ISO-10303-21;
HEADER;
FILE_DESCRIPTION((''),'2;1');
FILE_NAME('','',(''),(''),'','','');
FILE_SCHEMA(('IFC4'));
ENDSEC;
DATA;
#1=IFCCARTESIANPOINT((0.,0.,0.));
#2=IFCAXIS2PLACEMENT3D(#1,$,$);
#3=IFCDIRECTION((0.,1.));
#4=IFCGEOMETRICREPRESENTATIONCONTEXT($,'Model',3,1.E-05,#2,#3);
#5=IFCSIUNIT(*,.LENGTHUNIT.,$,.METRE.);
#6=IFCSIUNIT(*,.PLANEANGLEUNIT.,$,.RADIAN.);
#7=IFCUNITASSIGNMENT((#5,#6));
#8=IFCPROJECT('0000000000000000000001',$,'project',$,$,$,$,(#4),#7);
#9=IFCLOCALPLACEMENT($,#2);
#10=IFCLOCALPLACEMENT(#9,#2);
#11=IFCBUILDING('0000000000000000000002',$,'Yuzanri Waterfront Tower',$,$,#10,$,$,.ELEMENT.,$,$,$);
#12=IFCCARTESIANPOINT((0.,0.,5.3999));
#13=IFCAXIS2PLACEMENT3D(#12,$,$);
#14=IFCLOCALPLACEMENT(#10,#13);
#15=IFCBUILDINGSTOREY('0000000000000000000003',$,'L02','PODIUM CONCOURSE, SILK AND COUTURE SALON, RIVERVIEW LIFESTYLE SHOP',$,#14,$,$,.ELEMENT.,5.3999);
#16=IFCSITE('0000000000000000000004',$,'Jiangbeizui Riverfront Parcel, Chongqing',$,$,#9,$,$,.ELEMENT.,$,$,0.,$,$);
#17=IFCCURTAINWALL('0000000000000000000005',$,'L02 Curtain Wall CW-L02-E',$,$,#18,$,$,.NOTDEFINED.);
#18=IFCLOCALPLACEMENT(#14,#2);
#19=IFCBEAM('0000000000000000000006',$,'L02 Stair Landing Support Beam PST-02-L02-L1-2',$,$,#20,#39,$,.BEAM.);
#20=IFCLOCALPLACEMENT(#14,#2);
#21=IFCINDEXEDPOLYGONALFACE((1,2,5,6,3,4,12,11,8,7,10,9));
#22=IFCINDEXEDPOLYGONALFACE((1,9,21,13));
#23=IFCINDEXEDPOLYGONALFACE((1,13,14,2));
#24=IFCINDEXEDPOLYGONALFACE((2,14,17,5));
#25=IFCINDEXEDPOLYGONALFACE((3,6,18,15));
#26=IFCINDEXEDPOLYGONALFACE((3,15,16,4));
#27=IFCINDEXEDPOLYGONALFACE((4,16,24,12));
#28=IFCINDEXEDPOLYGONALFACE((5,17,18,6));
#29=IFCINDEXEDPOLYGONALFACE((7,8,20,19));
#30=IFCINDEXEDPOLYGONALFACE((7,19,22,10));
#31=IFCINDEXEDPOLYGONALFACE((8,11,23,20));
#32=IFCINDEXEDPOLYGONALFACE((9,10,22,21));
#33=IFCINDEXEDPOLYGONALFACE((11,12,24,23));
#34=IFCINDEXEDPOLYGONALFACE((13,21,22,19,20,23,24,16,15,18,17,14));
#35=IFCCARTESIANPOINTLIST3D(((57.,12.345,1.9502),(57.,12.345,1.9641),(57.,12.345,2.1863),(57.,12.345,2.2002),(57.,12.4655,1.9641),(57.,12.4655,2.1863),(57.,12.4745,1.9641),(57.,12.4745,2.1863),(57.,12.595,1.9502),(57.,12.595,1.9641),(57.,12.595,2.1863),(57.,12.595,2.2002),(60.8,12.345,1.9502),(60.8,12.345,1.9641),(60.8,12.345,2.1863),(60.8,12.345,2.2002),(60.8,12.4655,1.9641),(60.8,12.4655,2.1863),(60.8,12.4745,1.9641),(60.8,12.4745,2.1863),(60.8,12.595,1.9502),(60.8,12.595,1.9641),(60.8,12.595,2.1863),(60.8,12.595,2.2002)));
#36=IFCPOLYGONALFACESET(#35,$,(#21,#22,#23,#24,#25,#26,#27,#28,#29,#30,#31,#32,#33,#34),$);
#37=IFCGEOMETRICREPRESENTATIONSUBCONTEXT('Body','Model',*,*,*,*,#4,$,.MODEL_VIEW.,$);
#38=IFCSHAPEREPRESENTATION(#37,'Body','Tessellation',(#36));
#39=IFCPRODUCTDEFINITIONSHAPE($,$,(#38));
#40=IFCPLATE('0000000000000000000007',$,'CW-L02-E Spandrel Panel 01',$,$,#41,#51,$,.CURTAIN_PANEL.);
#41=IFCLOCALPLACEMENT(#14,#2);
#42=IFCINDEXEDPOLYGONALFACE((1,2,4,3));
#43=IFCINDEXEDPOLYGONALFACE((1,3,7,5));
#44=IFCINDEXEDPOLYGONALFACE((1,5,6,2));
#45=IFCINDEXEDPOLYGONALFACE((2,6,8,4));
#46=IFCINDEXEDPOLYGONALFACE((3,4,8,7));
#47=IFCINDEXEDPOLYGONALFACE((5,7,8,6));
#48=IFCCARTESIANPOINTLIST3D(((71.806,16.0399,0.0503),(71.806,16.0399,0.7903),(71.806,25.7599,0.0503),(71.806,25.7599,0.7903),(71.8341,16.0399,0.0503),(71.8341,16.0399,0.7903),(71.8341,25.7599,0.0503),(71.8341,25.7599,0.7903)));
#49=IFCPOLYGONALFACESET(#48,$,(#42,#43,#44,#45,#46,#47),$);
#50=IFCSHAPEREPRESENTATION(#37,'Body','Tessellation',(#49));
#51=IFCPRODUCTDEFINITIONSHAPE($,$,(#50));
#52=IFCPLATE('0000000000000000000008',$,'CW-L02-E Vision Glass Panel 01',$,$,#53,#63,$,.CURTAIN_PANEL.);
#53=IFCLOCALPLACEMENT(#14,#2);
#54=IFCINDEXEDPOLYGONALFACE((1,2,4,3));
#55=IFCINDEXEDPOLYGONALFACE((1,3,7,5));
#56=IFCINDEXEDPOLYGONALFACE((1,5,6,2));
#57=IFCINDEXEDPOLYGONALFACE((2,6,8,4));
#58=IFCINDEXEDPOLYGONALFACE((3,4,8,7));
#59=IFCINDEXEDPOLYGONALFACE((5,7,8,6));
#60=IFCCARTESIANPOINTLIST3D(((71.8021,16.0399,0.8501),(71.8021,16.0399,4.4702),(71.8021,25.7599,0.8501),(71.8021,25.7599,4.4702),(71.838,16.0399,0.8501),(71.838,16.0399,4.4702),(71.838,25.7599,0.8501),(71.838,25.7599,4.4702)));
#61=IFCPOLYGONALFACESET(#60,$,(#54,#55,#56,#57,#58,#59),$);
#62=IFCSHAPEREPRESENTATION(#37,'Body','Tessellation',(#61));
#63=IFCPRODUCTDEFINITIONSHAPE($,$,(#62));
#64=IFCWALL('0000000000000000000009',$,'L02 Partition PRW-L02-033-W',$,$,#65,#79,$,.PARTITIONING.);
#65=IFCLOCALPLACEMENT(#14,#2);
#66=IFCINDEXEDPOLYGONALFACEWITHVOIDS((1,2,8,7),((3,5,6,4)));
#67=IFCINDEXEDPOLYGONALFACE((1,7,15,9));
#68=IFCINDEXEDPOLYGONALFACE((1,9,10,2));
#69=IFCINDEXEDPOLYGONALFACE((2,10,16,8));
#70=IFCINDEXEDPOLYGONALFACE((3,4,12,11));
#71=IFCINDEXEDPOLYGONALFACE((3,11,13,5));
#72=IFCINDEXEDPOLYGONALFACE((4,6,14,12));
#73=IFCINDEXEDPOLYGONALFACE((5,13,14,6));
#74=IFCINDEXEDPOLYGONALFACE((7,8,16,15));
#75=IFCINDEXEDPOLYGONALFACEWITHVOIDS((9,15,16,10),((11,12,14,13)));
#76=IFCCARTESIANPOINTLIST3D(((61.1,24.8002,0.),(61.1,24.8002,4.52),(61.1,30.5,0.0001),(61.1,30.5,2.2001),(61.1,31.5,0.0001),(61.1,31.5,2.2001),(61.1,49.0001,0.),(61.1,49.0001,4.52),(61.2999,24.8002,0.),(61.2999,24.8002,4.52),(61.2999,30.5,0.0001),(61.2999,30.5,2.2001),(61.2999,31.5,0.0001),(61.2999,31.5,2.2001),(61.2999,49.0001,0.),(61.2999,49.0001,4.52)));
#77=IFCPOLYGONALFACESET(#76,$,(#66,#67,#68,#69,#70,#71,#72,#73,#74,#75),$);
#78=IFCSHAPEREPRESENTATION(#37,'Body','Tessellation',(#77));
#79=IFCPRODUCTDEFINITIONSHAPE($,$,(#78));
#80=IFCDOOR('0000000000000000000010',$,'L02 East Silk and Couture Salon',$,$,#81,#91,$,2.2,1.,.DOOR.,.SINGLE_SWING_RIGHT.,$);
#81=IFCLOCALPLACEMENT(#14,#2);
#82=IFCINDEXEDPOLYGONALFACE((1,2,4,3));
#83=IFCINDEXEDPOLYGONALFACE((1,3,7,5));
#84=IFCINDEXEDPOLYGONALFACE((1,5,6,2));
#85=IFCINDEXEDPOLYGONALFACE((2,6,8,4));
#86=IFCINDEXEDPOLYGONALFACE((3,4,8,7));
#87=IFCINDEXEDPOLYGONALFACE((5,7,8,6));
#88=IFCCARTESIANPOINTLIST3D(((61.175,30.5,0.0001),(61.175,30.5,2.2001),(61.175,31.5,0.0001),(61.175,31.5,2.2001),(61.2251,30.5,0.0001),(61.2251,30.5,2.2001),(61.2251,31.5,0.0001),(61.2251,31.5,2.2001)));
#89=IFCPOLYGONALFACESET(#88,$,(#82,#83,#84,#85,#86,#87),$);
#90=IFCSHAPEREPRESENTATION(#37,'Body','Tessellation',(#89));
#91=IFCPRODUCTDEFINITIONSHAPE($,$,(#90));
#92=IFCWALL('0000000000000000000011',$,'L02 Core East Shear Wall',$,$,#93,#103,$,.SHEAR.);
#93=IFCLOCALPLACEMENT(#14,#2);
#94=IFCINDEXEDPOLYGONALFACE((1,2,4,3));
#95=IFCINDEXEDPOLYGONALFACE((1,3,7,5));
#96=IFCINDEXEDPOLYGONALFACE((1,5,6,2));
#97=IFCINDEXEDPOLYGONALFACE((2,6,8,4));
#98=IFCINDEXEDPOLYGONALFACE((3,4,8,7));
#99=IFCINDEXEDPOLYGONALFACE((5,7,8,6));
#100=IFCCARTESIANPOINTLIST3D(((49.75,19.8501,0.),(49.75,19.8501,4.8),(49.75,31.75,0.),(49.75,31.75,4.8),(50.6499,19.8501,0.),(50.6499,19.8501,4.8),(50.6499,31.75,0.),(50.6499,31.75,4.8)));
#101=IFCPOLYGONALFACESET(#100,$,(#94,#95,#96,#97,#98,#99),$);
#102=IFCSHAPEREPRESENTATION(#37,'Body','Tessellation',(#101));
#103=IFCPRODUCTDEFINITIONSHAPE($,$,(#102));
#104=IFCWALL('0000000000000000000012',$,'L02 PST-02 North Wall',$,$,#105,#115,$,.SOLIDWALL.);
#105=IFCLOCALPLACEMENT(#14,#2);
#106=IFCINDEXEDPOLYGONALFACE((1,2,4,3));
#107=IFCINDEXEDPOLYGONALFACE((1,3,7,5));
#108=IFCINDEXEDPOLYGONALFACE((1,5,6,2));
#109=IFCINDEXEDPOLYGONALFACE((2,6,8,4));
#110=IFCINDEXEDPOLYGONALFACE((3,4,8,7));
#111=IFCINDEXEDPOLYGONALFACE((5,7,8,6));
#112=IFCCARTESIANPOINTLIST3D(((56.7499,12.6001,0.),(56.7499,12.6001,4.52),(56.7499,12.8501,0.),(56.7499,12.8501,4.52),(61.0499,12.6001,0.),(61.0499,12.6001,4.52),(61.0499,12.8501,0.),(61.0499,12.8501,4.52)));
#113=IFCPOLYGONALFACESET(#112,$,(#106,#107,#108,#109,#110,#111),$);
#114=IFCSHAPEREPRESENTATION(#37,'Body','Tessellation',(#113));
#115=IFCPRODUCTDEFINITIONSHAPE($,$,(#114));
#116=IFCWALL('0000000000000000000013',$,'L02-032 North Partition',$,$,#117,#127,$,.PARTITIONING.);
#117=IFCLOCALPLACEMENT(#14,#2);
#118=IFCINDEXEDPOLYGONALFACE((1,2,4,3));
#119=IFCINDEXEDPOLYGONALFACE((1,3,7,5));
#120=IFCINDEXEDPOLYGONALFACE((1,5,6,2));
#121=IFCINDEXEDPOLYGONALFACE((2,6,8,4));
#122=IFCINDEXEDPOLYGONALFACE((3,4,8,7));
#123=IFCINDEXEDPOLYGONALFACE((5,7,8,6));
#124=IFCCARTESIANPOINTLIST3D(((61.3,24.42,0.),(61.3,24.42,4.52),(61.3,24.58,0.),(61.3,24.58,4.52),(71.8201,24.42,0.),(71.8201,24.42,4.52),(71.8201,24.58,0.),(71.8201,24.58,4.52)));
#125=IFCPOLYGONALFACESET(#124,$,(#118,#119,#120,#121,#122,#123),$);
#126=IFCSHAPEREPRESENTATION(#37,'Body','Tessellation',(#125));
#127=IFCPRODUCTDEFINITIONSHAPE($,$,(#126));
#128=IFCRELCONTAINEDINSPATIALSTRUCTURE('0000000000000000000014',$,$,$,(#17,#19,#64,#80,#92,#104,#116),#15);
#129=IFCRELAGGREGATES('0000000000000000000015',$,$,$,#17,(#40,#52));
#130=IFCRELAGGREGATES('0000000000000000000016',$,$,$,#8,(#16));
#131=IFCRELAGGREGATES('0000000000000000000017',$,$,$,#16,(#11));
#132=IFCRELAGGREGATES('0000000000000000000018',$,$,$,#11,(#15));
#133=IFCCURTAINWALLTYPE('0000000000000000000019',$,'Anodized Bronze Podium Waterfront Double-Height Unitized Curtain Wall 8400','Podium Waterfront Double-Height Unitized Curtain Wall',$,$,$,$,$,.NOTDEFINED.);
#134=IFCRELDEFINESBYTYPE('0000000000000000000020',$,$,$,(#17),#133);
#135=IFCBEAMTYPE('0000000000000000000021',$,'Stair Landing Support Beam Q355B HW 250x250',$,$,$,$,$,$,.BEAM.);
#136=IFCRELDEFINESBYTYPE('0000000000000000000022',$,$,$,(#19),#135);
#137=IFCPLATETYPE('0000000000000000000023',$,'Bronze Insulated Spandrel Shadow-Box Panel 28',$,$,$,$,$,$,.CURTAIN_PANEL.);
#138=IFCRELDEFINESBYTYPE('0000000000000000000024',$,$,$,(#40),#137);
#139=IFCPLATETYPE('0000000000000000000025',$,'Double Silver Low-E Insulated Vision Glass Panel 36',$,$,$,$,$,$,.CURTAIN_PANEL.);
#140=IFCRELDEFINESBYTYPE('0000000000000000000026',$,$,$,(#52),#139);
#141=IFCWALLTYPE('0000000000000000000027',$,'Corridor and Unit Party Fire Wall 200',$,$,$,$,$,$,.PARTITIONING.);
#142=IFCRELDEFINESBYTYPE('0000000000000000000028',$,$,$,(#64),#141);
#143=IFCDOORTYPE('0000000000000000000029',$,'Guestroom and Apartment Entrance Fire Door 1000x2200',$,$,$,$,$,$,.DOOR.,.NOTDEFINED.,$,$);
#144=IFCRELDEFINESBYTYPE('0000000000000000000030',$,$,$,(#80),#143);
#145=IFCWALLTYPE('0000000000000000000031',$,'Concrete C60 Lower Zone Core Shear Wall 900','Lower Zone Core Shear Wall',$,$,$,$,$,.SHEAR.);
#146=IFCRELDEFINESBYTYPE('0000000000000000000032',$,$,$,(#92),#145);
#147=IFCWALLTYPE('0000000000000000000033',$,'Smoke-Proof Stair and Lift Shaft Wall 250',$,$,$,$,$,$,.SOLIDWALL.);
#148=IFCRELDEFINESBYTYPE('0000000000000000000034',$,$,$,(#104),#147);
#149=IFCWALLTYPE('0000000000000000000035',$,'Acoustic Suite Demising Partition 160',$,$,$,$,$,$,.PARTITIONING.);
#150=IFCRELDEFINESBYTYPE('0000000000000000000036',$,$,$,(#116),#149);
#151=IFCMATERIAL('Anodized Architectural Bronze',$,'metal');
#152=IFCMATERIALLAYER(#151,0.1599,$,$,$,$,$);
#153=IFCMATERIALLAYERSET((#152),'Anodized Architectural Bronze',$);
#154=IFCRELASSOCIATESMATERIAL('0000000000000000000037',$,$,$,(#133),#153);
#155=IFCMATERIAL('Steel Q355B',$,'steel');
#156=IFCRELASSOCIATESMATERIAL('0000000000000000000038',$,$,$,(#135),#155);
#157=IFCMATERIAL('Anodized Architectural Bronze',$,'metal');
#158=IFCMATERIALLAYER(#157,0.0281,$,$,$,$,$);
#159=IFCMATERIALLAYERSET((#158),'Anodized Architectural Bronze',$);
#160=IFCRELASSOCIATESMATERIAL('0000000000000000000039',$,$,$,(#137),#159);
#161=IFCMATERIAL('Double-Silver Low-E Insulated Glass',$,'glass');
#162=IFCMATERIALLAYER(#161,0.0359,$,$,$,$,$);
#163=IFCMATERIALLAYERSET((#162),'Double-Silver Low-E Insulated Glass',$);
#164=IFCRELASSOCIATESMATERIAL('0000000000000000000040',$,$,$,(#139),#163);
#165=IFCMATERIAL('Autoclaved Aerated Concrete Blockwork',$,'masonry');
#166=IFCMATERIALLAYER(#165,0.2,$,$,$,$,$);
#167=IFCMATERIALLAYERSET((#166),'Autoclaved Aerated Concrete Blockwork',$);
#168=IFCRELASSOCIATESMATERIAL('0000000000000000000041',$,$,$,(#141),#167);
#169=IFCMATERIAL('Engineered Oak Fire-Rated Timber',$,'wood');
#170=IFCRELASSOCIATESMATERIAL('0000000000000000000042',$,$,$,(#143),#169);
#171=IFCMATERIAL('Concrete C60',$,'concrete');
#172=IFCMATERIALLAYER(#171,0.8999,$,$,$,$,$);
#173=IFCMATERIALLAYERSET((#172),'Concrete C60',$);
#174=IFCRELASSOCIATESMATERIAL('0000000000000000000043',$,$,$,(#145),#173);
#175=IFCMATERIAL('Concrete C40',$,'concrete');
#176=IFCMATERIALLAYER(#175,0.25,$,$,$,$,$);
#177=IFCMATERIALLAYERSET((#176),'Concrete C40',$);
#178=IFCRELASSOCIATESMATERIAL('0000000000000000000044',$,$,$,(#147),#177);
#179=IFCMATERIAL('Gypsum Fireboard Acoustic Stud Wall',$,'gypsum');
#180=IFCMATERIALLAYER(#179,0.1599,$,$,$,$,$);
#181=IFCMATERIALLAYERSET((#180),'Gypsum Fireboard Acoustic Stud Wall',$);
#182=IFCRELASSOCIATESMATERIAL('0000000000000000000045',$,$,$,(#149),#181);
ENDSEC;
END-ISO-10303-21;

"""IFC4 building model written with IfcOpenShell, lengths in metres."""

from ifc_helpers import new_model, si_unit, direction, frame, frame_2d, origin, origin_2d, place, context, subcontext, project, spatial, rectangle, i_section, extrude, source, transform, mapped, material, layer, layer_set, material_profile, profile_set, type_object, element, fill, aggregate, save


model = new_model("IFC4")

# Units and contexts
model_context = context("Model", 3, precision=1e-05, world=origin(), true_north=direction((0.0, 1.0)))
body_context = subcontext(model_context, "Body", "Model", "MODEL_VIEW")
ifc_project = project(units=[si_unit("LENGTHUNIT", "METRE"), si_unit("PLANEANGLEUNIT", "RADIAN")], contexts=[model_context])

# Site, building, storey
site_placement = place(None, origin())
site = spatial("IfcSite", under=ifc_project, at=site_placement, Name="Jiangbeizui Riverfront Parcel, Chongqing", CompositionType="ELEMENT", RefElevation=0.0)
building_placement = place(site_placement, origin())
building = spatial("IfcBuilding", under=site, at=building_placement, Name="Yuzanri Waterfront Tower", CompositionType="ELEMENT")
storey_placement = place(building_placement, frame((0.0, 0.0, 5.3999)))
storey = spatial("IfcBuildingStorey", under=building, at=storey_placement, Name="L02", Description="PODIUM CONCOURSE, SILK AND COUTURE SALON, RIVERVIEW LIFESTYLE SHOP", CompositionType="ELEMENT", Elevation=5.3999)

# Curtain wall
ifc_material_1 = material(Name="Anodized Architectural Bronze", Category="metal")
ifc_layer_1 = layer(ifc_material_1, 0.1599)
ifc_layer_set_1 = layer_set([ifc_layer_1], Name="Anodized Architectural Bronze")
curtain_wall_type = type_object("IfcCurtainWallType", Name="Anodized Bronze Podium Waterfront Double-Height Unitized Curtain Wall 8400", Description="Podium Waterfront Double-Height Unitized Curtain Wall", PredefinedType="NOTDEFINED", material=ifc_layer_set_1)
curtain_wall_placement = place(storey_placement, origin())
curtain_wall = element("IfcCurtainWall", 1, at=curtain_wall_placement, inside=storey, type_object=curtain_wall_type, Name="L02 Curtain Wall CW-L02-E", PredefinedType="NOTDEFINED")

# Beam
ifc_material_2 = material(Name="Steel Q355B", Category="steel")
ifc_material_profile_1 = material_profile(ifc_material_2, i_section(OverallWidth=0.25, OverallDepth=0.25, WebThickness=0.009, FlangeThickness=0.0139, at=origin_2d()), Name="HW 250x250x9x14")
ifc_profile_set_1 = profile_set([ifc_material_profile_1], Name="Steel Q355B")
beam_type_1 = type_object("IfcBeamType", Name="Stair Landing Support Beam Q355B HW 250x250", PredefinedType="BEAM", material=ifc_profile_set_1)
shared_shape_1 = source(origin(), body_context, "Body", "SweptSolid", [
    extrude(i_section(OverallWidth=0.25, OverallDepth=0.25, WebThickness=0.009, FlangeThickness=0.0139, at=origin_2d()), origin(), (0.0, 0.0, 1.0), 3.8),
])
for number, where, z_axis, x_axis, name in (
    (2, (57.0, 12.47, 2.0752), (1.0, 0.0, 0.0), (0.0, 1.0, 0.0), "L02 Stair Landing Support Beam PST-02-L02-L1-2"),
):
    element("IfcBeam", number, at=place(storey_placement, frame(where, z_axis=z_axis, x_axis=x_axis)), inside=storey, type_object=beam_type_1, Name=name, PredefinedType="BEAM", context=body_context, shape_type="MappedRepresentation", body=[
        mapped(shared_shape_1, transform((0.0, 0.0, 0.0), scale=1.0)),
    ])

# Plates
ifc_material_3 = material(Name="Anodized Architectural Bronze", Category="metal")
ifc_layer_2 = layer(ifc_material_3, 0.0281)
ifc_layer_set_2 = layer_set([ifc_layer_2], Name="Anodized Architectural Bronze")
plate_type_1 = type_object("IfcPlateType", Name="Bronze Insulated Spandrel Shadow-Box Panel 28", PredefinedType="CURTAIN_PANEL", material=ifc_layer_set_2)
shared_shape_2 = source(origin(), body_context, "Body", "SweptSolid", [
    extrude(rectangle(XDim=9.72, YDim=0.0281, at=origin_2d()), origin(), (0.0, 0.0, 1.0), 0.74),
])
plate_1_placement = place(storey_placement, frame((71.8201, 20.8999, 0.0503), z_axis=(0.0, 0.0, 1.0), x_axis=(0.0, 1.0, 0.0)))
plate_1 = element("IfcPlate", 3, at=plate_1_placement, type_object=plate_type_1, Name="CW-L02-E Spandrel Panel 01", PredefinedType="CURTAIN_PANEL", context=body_context, shape_type="MappedRepresentation", body=[
    mapped(shared_shape_2, transform((0.0, 0.0, 0.0), scale=1.0)),
])
ifc_material_4 = material(Name="Double-Silver Low-E Insulated Glass", Category="glass")
ifc_layer_3 = layer(ifc_material_4, 0.0359)
ifc_layer_set_3 = layer_set([ifc_layer_3], Name="Double-Silver Low-E Insulated Glass")
plate_type_2 = type_object("IfcPlateType", Name="Double Silver Low-E Insulated Vision Glass Panel 36", PredefinedType="CURTAIN_PANEL", material=ifc_layer_set_3)
shared_shape_3 = source(origin(), body_context, "Body", "SweptSolid", [
    extrude(rectangle(XDim=9.72, YDim=0.0359, at=origin_2d()), origin(), (0.0, 0.0, 1.0), 3.6201),
])
plate_2_placement = place(storey_placement, frame((71.8201, 20.8999, 0.8501), z_axis=(0.0, 0.0, 1.0), x_axis=(0.0, 1.0, 0.0)))
plate_2 = element("IfcPlate", 4, at=plate_2_placement, type_object=plate_type_2, Name="CW-L02-E Vision Glass Panel 01", PredefinedType="CURTAIN_PANEL", context=body_context, shape_type="MappedRepresentation", body=[
    mapped(shared_shape_3, transform((0.0, 0.0, 0.0), scale=1.0)),
])
aggregate(curtain_wall, [plate_1, plate_2])

# Wall, opening, door
ifc_material_5 = material(Name="Autoclaved Aerated Concrete Blockwork", Category="masonry")
ifc_layer_4 = layer(ifc_material_5, 0.2)
ifc_layer_set_4 = layer_set([ifc_layer_4], Name="Autoclaved Aerated Concrete Blockwork")
wall_type_1 = type_object("IfcWallType", Name="Corridor and Unit Party Fire Wall 200", PredefinedType="PARTITIONING", material=ifc_layer_set_4)
wall_1_placement = place(storey_placement, frame((61.2, 24.8, 0.0), z_axis=(0.0, 0.0, 1.0), x_axis=(0.0, 1.0, 0.0)))
wall_1 = element("IfcWall", 5, at=wall_1_placement, inside=storey, type_object=wall_type_1, Name="L02 Partition PRW-L02-033-W", PredefinedType="PARTITIONING", context=body_context, shape_type="SweptSolid", body=[
    extrude(rectangle(XDim=24.2, YDim=0.2, at=frame_2d((12.1001, 0.0))), origin(), (0.0, 0.0, 1.0), 4.52),
])
opening_placement = place(wall_1_placement, frame((5.7, 0.0, 0.0)))
opening = element("IfcOpeningElement", 6, at=opening_placement, cuts=wall_1, PredefinedType="OPENING", context=body_context, shape_type="SweptSolid", body=[
    extrude(rectangle(XDim=1.0, YDim=2.2, at=frame_2d((0.5, 1.1001))), frame((0.0, 0.1147, 0.0), z_axis=(0.0, -1.0, 0.0), x_axis=(1.0, 0.0, 0.0)), (0.0, 0.0, 1.0), 0.2297),
])
ifc_material_6 = material(Name="Engineered Oak Fire-Rated Timber", Category="wood")
door_type = type_object("IfcDoorType", Name="Guestroom and Apartment Entrance Fire Door 1000x2200", OperationType="NOTDEFINED", PredefinedType="DOOR", material=ifc_material_6)
shared_shape_4 = source(origin(), body_context, "Body", "SweptSolid", [
    extrude(rectangle(XDim=1.0, YDim=2.2, at=frame_2d((0.5, 1.1001))), frame((0.0, 0.0249, 0.0), z_axis=(0.0, -1.0, 0.0), x_axis=(1.0, 0.0, 0.0)), (0.0, 0.0, 1.0), 0.05),
])
door_placement = place(opening_placement, origin())
door = element("IfcDoor", 7, at=door_placement, inside=storey, type_object=door_type, Name="L02 East Silk and Couture Salon", OperationType="SINGLE_SWING_RIGHT", OverallHeight=2.2, OverallWidth=1.0, PredefinedType="DOOR", context=body_context, shape_type="MappedRepresentation", body=[
    mapped(shared_shape_4, transform((0.0, 0.0, 0.0), scale=1.0)),
])
fill(opening, door)

# Walls
ifc_material_7 = material(Name="Concrete C60", Category="concrete")
ifc_layer_5 = layer(ifc_material_7, 0.8999)
ifc_layer_set_5 = layer_set([ifc_layer_5], Name="Concrete C60")
wall_type_2 = type_object("IfcWallType", Name="Concrete C60 Lower Zone Core Shear Wall 900", Description="Lower Zone Core Shear Wall", PredefinedType="SHEAR", material=ifc_layer_set_5)
shared_shape_5 = source(origin(), body_context, "Body", "SweptSolid", [
    extrude(rectangle(XDim=11.8999, YDim=0.8999, at=frame_2d((5.95, 0.0))), origin(), (0.0, 0.0, 1.0), 4.8),
])
wall_2_placement = place(storey_placement, frame((50.2, 19.8501, 0.0), z_axis=(0.0, 0.0, 1.0), x_axis=(0.0, 1.0, 0.0)))
element("IfcWall", 8, at=wall_2_placement, inside=storey, type_object=wall_type_2, Name="L02 Core East Shear Wall", PredefinedType="SHEAR", context=body_context, shape_type="MappedRepresentation", body=[
    mapped(shared_shape_5, transform((0.0, 0.0, 0.0), scale=1.0)),
])
ifc_material_8 = material(Name="Concrete C40", Category="concrete")
ifc_layer_6 = layer(ifc_material_8, 0.25)
ifc_layer_set_6 = layer_set([ifc_layer_6], Name="Concrete C40")
wall_type_3 = type_object("IfcWallType", Name="Smoke-Proof Stair and Lift Shaft Wall 250", PredefinedType="SOLIDWALL", material=ifc_layer_set_6)
shared_shape_6 = source(origin(), body_context, "Body", "SweptSolid", [
    extrude(rectangle(XDim=4.3, YDim=0.25, at=frame_2d((2.1499, 0.0))), origin(), (0.0, 0.0, 1.0), 4.52),
])
wall_3_placement = place(storey_placement, frame((56.75, 12.7251, 0.0), z_axis=(0.0, 0.0, 1.0), x_axis=(1.0, 0.0, 0.0)))
element("IfcWall", 9, at=wall_3_placement, inside=storey, type_object=wall_type_3, Name="L02 PST-02 North Wall", PredefinedType="SOLIDWALL", context=body_context, shape_type="MappedRepresentation", body=[
    mapped(shared_shape_6, transform((0.0, 0.0, 0.0), scale=1.0)),
])
ifc_material_9 = material(Name="Gypsum Fireboard Acoustic Stud Wall", Category="gypsum")
ifc_layer_7 = layer(ifc_material_9, 0.1599)
ifc_layer_set_7 = layer_set([ifc_layer_7], Name="Gypsum Fireboard Acoustic Stud Wall")
wall_type_4 = type_object("IfcWallType", Name="Acoustic Suite Demising Partition 160", PredefinedType="PARTITIONING", material=ifc_layer_set_7)
shared_shape_7 = source(origin(), body_context, "Body", "SweptSolid", [
    extrude(rectangle(XDim=10.52, YDim=0.1599, at=frame_2d((5.26, 0.0))), origin(), (0.0, 0.0, 1.0), 4.52),
])
wall_4_placement = place(storey_placement, frame((61.3, 24.5, 0.0), z_axis=(0.0, 0.0, 1.0), x_axis=(1.0, 0.0, 0.0)))
element("IfcWall", 10, at=wall_4_placement, inside=storey, type_object=wall_type_4, Name="L02-032 North Partition", PredefinedType="PARTITIONING", context=body_context, shape_type="MappedRepresentation", body=[
    mapped(shared_shape_7, transform((0.0, 0.0, 0.0), scale=1.0)),
])

save(model, "model.ifc")
